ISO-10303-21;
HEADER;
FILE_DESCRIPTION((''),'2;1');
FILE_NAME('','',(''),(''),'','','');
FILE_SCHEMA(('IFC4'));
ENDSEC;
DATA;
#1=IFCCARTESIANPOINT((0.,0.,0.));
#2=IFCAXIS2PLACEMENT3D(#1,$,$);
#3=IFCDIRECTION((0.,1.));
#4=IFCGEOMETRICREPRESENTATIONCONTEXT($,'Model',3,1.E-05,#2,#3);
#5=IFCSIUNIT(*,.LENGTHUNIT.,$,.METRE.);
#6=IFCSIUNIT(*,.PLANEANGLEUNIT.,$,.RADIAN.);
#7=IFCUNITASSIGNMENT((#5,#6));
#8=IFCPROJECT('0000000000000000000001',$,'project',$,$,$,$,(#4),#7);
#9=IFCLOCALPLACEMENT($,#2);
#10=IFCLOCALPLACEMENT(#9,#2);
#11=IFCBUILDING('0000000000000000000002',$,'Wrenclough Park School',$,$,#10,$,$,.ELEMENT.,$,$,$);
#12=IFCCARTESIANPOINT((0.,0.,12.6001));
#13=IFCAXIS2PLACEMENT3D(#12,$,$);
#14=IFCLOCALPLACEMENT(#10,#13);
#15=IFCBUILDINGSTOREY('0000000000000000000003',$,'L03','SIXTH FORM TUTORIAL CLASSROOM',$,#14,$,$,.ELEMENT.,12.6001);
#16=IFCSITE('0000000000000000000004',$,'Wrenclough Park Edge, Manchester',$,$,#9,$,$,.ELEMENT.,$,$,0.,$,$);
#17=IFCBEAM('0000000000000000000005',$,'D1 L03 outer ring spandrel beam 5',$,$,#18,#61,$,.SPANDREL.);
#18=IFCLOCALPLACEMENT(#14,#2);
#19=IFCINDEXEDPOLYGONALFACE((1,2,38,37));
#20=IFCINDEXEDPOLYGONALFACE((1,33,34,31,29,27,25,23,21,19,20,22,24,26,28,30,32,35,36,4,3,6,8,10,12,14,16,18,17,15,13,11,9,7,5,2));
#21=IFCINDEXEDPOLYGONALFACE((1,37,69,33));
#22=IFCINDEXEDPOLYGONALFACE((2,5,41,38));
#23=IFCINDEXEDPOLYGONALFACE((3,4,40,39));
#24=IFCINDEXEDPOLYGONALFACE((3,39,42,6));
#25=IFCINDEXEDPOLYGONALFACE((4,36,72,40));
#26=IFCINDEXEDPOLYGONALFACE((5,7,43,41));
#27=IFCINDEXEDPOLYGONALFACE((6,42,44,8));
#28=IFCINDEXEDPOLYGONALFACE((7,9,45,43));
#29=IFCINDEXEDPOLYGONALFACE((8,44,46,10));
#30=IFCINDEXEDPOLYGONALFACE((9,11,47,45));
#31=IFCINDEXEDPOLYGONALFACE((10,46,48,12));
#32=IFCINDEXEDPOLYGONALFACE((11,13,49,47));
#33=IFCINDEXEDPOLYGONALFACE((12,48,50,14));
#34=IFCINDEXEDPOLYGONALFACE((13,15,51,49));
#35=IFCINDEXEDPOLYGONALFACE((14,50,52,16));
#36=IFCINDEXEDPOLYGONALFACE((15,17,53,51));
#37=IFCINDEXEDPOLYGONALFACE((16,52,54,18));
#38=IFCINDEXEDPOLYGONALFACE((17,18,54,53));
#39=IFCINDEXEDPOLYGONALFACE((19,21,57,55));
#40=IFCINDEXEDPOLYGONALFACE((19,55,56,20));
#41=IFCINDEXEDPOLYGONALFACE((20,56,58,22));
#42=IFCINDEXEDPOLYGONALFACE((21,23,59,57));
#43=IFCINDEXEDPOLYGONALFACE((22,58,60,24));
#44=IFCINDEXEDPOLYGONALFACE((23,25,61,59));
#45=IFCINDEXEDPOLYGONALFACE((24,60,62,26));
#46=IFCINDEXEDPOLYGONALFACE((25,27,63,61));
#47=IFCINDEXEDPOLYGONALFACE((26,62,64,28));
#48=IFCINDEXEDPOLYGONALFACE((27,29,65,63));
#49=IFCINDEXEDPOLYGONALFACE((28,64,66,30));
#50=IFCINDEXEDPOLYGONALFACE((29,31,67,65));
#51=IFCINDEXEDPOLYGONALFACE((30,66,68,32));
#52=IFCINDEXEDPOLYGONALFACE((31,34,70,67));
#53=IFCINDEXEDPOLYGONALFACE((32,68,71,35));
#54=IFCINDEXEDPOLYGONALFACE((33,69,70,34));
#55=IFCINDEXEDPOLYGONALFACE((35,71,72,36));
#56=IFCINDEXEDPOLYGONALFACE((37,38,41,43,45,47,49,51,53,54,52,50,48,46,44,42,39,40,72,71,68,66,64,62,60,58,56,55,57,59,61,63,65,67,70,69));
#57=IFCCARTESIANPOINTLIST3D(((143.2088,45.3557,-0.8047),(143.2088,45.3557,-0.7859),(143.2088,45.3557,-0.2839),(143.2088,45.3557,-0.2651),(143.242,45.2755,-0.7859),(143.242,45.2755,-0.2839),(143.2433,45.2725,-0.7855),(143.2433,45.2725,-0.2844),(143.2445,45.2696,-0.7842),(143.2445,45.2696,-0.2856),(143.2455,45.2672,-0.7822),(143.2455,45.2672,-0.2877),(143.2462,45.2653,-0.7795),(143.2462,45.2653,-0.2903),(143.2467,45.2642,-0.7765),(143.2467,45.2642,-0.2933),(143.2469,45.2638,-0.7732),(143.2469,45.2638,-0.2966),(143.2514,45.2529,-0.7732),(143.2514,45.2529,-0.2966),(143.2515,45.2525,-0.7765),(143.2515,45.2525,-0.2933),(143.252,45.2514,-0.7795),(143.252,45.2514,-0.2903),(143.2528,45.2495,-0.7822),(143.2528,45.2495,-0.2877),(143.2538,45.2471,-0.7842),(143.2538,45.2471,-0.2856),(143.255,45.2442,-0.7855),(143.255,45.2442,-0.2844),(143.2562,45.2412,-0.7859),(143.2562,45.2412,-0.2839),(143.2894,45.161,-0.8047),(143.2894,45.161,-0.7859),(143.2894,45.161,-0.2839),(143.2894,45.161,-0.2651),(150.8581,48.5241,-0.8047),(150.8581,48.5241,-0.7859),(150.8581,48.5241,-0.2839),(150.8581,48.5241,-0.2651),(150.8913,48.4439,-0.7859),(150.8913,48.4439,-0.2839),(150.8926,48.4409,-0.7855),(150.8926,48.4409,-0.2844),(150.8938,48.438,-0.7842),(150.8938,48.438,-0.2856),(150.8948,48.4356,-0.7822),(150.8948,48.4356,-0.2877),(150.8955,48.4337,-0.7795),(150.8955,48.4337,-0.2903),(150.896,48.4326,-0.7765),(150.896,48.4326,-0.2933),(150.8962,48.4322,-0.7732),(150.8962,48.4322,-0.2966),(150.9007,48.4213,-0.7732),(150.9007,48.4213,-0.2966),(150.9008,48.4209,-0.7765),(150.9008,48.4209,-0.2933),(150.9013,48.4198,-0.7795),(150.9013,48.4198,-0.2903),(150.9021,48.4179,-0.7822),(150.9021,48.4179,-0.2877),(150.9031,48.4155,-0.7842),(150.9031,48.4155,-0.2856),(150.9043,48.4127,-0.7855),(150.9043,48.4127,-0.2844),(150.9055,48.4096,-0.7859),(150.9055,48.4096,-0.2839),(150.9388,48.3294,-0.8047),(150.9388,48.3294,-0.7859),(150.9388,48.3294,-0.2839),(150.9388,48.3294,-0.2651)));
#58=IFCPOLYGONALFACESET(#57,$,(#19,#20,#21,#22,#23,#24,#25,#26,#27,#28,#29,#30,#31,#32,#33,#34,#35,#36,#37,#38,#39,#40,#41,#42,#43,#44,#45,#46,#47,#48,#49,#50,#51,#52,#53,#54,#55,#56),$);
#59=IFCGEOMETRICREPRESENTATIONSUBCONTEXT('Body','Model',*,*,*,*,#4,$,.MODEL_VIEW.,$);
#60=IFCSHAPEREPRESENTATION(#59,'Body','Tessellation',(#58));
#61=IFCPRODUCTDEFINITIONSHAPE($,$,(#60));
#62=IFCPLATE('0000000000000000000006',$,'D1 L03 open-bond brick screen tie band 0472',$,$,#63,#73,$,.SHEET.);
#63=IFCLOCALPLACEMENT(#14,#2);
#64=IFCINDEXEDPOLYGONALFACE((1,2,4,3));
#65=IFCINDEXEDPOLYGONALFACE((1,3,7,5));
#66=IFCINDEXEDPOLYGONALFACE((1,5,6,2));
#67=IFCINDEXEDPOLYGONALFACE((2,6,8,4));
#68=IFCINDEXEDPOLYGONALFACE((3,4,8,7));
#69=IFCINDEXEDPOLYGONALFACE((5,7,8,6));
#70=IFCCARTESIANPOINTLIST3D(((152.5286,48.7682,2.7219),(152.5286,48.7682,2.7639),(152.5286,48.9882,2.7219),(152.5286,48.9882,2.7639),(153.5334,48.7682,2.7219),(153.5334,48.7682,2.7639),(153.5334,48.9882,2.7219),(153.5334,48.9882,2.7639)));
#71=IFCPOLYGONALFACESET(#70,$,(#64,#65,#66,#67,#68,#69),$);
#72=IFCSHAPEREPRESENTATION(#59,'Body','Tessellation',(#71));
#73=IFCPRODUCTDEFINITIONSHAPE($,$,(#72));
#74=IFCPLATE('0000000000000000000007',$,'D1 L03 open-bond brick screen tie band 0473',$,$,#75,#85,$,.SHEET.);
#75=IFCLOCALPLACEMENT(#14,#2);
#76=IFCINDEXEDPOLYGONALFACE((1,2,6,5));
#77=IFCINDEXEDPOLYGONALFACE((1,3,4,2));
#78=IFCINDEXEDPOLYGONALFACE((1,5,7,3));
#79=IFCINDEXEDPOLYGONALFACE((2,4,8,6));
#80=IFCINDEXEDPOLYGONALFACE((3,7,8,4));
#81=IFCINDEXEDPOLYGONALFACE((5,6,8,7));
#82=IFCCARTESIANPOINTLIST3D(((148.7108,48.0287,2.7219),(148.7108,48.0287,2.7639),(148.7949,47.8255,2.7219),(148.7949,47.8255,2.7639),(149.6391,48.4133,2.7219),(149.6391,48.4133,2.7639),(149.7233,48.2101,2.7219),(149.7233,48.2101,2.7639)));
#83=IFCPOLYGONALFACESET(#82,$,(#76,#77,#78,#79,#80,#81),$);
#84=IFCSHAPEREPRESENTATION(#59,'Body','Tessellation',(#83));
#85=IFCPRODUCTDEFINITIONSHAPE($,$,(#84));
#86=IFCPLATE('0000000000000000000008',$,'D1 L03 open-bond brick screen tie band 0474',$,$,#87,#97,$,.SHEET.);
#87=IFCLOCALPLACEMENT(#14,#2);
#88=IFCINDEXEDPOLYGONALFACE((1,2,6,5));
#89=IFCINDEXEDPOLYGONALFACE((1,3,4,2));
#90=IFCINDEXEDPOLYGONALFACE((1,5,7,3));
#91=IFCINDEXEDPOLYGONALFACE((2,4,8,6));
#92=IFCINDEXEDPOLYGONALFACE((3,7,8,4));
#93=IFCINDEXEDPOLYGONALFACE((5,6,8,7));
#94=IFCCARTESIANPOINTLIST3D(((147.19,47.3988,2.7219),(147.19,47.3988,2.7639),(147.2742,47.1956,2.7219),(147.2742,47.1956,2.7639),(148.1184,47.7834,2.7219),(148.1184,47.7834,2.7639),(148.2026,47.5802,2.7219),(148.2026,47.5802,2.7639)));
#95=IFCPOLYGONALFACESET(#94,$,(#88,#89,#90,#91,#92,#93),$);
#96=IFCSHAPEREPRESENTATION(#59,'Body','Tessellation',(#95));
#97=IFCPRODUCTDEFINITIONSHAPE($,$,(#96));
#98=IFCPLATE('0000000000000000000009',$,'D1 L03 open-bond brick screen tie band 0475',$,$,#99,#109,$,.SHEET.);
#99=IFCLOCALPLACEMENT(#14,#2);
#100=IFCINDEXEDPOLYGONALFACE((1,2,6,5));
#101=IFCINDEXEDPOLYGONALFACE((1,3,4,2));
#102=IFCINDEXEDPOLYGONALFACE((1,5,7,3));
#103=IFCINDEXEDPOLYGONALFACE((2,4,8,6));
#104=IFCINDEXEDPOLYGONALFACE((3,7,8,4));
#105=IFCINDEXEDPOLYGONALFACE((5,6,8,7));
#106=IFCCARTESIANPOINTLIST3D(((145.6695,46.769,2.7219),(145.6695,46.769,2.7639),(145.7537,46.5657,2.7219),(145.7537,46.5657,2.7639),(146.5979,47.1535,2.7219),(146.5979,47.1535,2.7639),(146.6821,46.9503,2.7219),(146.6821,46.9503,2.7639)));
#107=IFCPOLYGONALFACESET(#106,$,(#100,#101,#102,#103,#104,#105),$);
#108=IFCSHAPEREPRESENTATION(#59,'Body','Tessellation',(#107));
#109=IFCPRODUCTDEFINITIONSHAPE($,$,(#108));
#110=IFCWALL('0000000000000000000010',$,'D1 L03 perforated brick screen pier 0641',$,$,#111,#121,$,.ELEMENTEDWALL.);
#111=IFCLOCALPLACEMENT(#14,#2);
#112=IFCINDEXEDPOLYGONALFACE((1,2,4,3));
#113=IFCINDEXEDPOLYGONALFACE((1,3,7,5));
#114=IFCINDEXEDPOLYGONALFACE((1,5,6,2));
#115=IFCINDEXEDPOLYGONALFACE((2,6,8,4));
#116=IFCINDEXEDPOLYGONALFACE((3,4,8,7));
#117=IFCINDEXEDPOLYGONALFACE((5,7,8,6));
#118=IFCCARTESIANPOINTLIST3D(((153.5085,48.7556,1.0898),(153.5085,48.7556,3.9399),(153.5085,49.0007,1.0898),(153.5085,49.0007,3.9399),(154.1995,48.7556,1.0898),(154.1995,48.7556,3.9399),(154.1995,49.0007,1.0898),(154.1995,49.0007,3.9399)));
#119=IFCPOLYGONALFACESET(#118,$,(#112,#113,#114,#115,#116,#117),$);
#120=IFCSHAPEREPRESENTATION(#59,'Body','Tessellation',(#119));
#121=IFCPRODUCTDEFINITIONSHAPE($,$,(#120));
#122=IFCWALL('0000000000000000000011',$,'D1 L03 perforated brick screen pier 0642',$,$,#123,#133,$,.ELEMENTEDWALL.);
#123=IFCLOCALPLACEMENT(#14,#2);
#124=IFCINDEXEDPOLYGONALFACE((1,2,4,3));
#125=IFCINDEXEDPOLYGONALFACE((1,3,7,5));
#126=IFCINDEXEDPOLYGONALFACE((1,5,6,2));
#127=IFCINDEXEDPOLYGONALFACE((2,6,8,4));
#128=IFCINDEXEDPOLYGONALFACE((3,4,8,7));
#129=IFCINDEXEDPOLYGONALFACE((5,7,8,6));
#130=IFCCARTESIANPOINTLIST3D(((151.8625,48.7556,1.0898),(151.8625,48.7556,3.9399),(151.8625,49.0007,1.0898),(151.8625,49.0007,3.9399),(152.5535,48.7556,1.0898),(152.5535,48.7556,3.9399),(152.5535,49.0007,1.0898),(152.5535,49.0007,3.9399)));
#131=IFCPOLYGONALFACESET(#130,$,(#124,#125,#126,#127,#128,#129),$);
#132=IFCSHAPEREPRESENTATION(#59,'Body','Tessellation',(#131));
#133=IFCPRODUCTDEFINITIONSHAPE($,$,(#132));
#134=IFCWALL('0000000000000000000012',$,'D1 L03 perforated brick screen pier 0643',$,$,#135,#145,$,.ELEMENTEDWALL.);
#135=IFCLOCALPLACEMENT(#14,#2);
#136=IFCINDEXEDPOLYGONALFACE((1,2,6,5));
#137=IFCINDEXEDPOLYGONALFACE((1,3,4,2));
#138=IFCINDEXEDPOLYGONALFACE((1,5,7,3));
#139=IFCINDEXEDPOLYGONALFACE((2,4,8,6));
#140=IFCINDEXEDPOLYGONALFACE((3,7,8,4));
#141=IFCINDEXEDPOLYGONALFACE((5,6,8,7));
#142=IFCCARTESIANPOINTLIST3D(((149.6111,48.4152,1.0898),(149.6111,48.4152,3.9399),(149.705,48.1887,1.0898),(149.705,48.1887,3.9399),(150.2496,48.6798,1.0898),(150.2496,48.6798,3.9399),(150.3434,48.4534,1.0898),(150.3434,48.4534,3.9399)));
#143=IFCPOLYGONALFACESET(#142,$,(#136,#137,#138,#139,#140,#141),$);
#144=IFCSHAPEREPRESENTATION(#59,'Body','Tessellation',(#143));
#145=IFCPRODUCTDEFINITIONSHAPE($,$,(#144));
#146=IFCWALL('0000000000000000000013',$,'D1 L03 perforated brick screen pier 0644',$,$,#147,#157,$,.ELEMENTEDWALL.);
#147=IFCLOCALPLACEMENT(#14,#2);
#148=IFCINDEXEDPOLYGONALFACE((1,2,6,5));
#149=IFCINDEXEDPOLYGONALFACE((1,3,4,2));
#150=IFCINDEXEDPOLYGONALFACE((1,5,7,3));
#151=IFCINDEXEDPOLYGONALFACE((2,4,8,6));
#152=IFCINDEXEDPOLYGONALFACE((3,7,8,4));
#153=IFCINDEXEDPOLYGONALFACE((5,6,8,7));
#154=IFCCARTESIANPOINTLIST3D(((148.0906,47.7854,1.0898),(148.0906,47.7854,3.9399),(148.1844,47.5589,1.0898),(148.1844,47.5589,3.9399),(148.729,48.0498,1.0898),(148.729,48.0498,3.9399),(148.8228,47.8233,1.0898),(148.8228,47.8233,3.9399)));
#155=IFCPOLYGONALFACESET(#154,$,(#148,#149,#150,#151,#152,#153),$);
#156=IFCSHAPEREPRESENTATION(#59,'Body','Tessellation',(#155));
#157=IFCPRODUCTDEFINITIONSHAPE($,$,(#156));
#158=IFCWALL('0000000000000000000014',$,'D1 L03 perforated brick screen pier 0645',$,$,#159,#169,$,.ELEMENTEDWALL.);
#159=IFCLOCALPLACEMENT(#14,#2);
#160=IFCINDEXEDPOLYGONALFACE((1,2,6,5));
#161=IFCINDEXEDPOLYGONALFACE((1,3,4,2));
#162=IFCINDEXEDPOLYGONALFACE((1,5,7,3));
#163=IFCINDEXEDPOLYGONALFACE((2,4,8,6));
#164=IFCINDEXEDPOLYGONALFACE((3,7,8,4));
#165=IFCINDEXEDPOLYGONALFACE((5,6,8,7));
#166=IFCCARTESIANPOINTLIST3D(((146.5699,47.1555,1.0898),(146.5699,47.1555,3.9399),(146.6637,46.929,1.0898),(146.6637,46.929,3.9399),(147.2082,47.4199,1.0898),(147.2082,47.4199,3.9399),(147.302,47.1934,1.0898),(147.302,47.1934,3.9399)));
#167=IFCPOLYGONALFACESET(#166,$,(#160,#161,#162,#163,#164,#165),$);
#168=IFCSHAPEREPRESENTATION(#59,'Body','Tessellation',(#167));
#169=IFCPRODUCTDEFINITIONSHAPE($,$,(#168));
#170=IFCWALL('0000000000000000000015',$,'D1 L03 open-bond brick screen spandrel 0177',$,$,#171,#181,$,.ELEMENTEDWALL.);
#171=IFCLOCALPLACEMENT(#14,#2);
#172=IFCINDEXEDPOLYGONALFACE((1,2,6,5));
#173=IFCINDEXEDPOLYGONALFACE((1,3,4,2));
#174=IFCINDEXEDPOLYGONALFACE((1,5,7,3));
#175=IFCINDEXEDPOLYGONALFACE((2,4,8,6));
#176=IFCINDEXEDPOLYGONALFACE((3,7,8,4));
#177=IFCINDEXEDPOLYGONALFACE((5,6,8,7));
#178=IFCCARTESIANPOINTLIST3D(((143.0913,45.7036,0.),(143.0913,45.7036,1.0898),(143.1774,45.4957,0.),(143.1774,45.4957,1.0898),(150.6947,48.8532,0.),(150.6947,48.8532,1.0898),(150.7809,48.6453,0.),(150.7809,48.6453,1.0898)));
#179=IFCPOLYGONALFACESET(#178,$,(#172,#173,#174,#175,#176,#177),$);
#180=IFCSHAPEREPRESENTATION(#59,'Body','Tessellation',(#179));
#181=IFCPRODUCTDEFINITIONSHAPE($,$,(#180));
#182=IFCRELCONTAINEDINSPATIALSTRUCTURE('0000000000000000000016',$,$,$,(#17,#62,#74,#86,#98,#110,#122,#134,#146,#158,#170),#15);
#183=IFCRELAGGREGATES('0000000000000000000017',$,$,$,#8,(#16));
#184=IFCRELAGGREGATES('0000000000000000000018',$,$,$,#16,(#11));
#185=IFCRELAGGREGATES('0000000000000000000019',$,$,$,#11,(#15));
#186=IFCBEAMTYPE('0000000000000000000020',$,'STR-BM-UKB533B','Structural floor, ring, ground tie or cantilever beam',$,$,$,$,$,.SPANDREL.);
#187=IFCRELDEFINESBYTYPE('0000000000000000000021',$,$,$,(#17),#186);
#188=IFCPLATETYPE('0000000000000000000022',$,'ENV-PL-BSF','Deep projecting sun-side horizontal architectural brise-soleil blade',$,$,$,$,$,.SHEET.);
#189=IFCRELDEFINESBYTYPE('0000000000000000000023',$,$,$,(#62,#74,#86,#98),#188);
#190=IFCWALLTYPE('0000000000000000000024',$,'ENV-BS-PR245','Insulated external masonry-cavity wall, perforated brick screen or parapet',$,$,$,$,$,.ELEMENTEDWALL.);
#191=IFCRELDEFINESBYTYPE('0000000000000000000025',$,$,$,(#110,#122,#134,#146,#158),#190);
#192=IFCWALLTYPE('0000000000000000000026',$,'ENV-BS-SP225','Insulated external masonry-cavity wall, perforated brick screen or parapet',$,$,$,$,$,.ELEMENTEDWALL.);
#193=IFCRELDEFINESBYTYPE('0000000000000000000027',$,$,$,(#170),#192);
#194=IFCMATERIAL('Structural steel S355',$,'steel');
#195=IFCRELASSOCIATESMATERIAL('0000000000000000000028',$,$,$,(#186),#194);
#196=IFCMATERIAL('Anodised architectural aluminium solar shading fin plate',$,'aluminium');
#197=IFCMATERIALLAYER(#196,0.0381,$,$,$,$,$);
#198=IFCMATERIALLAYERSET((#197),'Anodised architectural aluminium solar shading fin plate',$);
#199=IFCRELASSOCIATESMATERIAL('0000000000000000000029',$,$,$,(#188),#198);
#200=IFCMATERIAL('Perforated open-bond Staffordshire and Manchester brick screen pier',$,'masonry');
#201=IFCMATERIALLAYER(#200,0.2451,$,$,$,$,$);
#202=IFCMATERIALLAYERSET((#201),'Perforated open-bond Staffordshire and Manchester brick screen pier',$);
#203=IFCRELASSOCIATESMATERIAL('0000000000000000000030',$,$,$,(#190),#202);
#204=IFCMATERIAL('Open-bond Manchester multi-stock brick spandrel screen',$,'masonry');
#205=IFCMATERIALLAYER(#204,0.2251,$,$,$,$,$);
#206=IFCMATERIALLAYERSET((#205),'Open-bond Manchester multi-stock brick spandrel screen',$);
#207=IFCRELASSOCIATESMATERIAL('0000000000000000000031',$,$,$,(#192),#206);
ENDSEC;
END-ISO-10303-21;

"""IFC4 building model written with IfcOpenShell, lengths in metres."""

from ifc_helpers import new_model, si_unit, direction, frame, frame_2d, origin, origin_2d, place, context, subcontext, project, spatial, rectangle, i_section, extrude, material, layer, layer_set, material_profile, profile_set, type_object, element, save


model = new_model("IFC4")

# Units and contexts
model_context = context("Model", 3, precision=1e-05, world=origin(), true_north=direction((0.0, 1.0)))
body_context = subcontext(model_context, "Body", "Model", "MODEL_VIEW")
ifc_project = project(units=[si_unit("LENGTHUNIT", "METRE"), si_unit("PLANEANGLEUNIT", "RADIAN")], contexts=[model_context])

# Site, building, storey
site_placement = place(None, origin())
site = spatial("IfcSite", under=ifc_project, at=site_placement, Name="Wrenclough Park Edge, Manchester", CompositionType="ELEMENT", RefElevation=0.0)
building_placement = place(site_placement, origin())
building = spatial("IfcBuilding", under=site, at=building_placement, Name="Wrenclough Park School", CompositionType="ELEMENT")
storey_placement = place(building_placement, frame((0.0, 0.0, 12.6001)))
storey = spatial("IfcBuildingStorey", under=building, at=storey_placement, Name="L03", Description="SIXTH FORM TUTORIAL CLASSROOM", CompositionType="ELEMENT", Elevation=12.6001)

# Shared definitions
ifc_material_1 = material(Name="Structural steel S355", Category="steel")

# Beam
ifc_material_profile_1 = material_profile(ifc_material_1, i_section(OverallWidth=0.2107, OverallDepth=0.5396, WebThickness=0.0117, FlangeThickness=0.0188, FilletRadius=0.0127, at=origin_2d()), Name="UKB 533x210x109")
ifc_profile_set_1 = profile_set([ifc_material_profile_1], Name="Structural steel S355")
beam_type_1 = type_object("IfcBeamType", Name="STR-BM-UKB533B", Description="Structural floor, ring, ground tie or cantilever beam", PredefinedType="SPANDREL", material=ifc_profile_set_1)
beam_1_placement = place(storey_placement, frame((150.8984, 48.4268, -0.5349), z_axis=(-0.923881, -0.38268, 0.0), x_axis=(0.38268, -0.923881, 0.0)))
element("IfcBeam", 1, at=beam_1_placement, inside=storey, type_object=beam_type_1, Name="D1 L03 outer ring spandrel beam 5", PredefinedType="SPANDREL", context=body_context, shape_type="SweptSolid", body=[
    extrude(i_section(OverallWidth=0.2107, OverallDepth=0.5396, WebThickness=0.0117, FlangeThickness=0.0188, FilletRadius=0.0127, at=origin_2d()), origin(), (0.0, 0.0, 1.0), 8.2795),
])

# Plates
ifc_material_2 = material(Name="Anodised architectural aluminium solar shading fin plate", Category="aluminium")
ifc_layer_1 = layer(ifc_material_2, 0.0381)
ifc_layer_set_1 = layer_set([ifc_layer_1], Name="Anodised architectural aluminium solar shading fin plate")
plate_type = type_object("IfcPlateType", Name="ENV-PL-BSF", Description="Deep projecting sun-side horizontal architectural brise-soleil blade", PredefinedType="SHEET", material=ifc_layer_set_1)
for number, where, z_axis, x_axis, name in (
    (2, (153.031, 48.8782, 2.7219), (0.0, 0.0, 1.0), (-1.0, 0.0, 0.0), "D1 L03 open-bond brick screen tie band 0472"),
    (3, (149.217, 48.1194, 2.7219), (0.0, 0.0, 1.0), (-0.923876, -0.382692, 0.0), "D1 L03 open-bond brick screen tie band 0473"),
    (4, (147.6963, 47.4895, 2.7219), (0.0, 0.0, 1.0), (-0.923876, -0.382692, 0.0), "D1 L03 open-bond brick screen tie band 0474"),
    (5, (146.1758, 46.8596, 2.7219), (0.0, 0.0, 1.0), (-0.923876, -0.382692, 0.0), "D1 L03 open-bond brick screen tie band 0475"),
):
    element("IfcPlate", number, at=place(storey_placement, frame(where, z_axis=z_axis, x_axis=x_axis)), inside=storey, type_object=plate_type, Name=name, PredefinedType="SHEET", context=body_context, shape_type="SweptSolid", body=[
        extrude(rectangle(XDim=1.0049, YDim=0.22, at=origin_2d()), origin(), (0.0, 0.0, 1.0), 0.042),
    ])

# Walls
ifc_material_3 = material(Name="Perforated open-bond Staffordshire and Manchester brick screen pier", Category="masonry")
ifc_layer_2 = layer(ifc_material_3, 0.2451)
ifc_layer_set_2 = layer_set([ifc_layer_2], Name="Perforated open-bond Staffordshire and Manchester brick screen pier")
wall_type_1 = type_object("IfcWallType", Name="ENV-BS-PR245", Description="Insulated external masonry-cavity wall, perforated brick screen or parapet", PredefinedType="ELEMENTEDWALL", material=ifc_layer_set_2)
for number, where, z_axis, x_axis, name in (
    (6, (154.1995, 48.8782, 1.0898), (0.0, 0.0, 1.0), (-1.0, 0.0, 0.0), "D1 L03 perforated brick screen pier 0641"),
    (7, (152.5535, 48.8782, 1.0898), (0.0, 0.0, 1.0), (-1.0, 0.0, 0.0), "D1 L03 perforated brick screen pier 0642"),
):
    element("IfcWall", number, at=place(storey_placement, frame(where, z_axis=z_axis, x_axis=x_axis)), inside=storey, type_object=wall_type_1, Name=name, PredefinedType="ELEMENTEDWALL", context=body_context, shape_type="SweptSolid", body=[
        extrude(rectangle(XDim=0.6909, YDim=0.2451, at=frame_2d((0.3455, 0.0))), origin(), (0.0, 0.0, 1.0), 2.8501),
    ])
wall_1_placement = place(storey_placement, frame((150.2966, 48.5667, 1.0898), z_axis=(0.0, 0.0, 1.0), x_axis=(-0.923776, -0.382934, 0.0)))
element("IfcWall", 8, at=wall_1_placement, inside=storey, type_object=wall_type_1, Name="D1 L03 perforated brick screen pier 0643", PredefinedType="ELEMENTEDWALL", context=body_context, shape_type="SweptSolid", body=[
    extrude(rectangle(XDim=0.6912, YDim=0.2451, at=frame_2d((0.3457, 0.0))), origin(), (0.0, 0.0, 1.0), 2.8501),
])
for number, where, z_axis, x_axis, name in (
    (9, (148.7759, 47.9365, 1.0898), (0.0, 0.0, 1.0), (-0.923901, -0.382633, 0.0), "D1 L03 perforated brick screen pier 0644"),
    (10, (147.2551, 47.3066, 1.0898), (0.0, 0.0, 1.0), (-0.923901, -0.382633, 0.0), "D1 L03 perforated brick screen pier 0645"),
):
    element("IfcWall", number, at=place(storey_placement, frame(where, z_axis=z_axis, x_axis=x_axis)), inside=storey, type_object=wall_type_1, Name=name, PredefinedType="ELEMENTEDWALL", context=body_context, shape_type="SweptSolid", body=[
        extrude(rectangle(XDim=0.6909, YDim=0.2451, at=frame_2d((0.3455, 0.0))), origin(), (0.0, 0.0, 1.0), 2.8501),
    ])
ifc_material_4 = material(Name="Open-bond Manchester multi-stock brick spandrel screen", Category="masonry")
ifc_layer_3 = layer(ifc_material_4, 0.2251)
ifc_layer_set_3 = layer_set([ifc_layer_3], Name="Open-bond Manchester multi-stock brick spandrel screen")
wall_type_2 = type_object("IfcWallType", Name="ENV-BS-SP225", Description="Insulated external masonry-cavity wall, perforated brick screen or parapet", PredefinedType="ELEMENTEDWALL", material=ifc_layer_set_3)
wall_2_placement = place(storey_placement, frame((150.7378, 48.7493, 0.0), z_axis=(0.0, 0.0, 1.0), x_axis=(-0.923872, -0.382702, 0.0)))
element("IfcWall", 11, at=wall_2_placement, inside=storey, type_object=wall_type_2, Name="D1 L03 open-bond brick screen spandrel 0177", PredefinedType="ELEMENTEDWALL", context=body_context, shape_type="SweptSolid", body=[
    extrude(rectangle(XDim=8.23, YDim=0.2251, at=frame_2d((4.115, 0.0))), origin(), (0.0, 0.0, 1.0), 1.0898),
])

save(model, "model.ifc")
